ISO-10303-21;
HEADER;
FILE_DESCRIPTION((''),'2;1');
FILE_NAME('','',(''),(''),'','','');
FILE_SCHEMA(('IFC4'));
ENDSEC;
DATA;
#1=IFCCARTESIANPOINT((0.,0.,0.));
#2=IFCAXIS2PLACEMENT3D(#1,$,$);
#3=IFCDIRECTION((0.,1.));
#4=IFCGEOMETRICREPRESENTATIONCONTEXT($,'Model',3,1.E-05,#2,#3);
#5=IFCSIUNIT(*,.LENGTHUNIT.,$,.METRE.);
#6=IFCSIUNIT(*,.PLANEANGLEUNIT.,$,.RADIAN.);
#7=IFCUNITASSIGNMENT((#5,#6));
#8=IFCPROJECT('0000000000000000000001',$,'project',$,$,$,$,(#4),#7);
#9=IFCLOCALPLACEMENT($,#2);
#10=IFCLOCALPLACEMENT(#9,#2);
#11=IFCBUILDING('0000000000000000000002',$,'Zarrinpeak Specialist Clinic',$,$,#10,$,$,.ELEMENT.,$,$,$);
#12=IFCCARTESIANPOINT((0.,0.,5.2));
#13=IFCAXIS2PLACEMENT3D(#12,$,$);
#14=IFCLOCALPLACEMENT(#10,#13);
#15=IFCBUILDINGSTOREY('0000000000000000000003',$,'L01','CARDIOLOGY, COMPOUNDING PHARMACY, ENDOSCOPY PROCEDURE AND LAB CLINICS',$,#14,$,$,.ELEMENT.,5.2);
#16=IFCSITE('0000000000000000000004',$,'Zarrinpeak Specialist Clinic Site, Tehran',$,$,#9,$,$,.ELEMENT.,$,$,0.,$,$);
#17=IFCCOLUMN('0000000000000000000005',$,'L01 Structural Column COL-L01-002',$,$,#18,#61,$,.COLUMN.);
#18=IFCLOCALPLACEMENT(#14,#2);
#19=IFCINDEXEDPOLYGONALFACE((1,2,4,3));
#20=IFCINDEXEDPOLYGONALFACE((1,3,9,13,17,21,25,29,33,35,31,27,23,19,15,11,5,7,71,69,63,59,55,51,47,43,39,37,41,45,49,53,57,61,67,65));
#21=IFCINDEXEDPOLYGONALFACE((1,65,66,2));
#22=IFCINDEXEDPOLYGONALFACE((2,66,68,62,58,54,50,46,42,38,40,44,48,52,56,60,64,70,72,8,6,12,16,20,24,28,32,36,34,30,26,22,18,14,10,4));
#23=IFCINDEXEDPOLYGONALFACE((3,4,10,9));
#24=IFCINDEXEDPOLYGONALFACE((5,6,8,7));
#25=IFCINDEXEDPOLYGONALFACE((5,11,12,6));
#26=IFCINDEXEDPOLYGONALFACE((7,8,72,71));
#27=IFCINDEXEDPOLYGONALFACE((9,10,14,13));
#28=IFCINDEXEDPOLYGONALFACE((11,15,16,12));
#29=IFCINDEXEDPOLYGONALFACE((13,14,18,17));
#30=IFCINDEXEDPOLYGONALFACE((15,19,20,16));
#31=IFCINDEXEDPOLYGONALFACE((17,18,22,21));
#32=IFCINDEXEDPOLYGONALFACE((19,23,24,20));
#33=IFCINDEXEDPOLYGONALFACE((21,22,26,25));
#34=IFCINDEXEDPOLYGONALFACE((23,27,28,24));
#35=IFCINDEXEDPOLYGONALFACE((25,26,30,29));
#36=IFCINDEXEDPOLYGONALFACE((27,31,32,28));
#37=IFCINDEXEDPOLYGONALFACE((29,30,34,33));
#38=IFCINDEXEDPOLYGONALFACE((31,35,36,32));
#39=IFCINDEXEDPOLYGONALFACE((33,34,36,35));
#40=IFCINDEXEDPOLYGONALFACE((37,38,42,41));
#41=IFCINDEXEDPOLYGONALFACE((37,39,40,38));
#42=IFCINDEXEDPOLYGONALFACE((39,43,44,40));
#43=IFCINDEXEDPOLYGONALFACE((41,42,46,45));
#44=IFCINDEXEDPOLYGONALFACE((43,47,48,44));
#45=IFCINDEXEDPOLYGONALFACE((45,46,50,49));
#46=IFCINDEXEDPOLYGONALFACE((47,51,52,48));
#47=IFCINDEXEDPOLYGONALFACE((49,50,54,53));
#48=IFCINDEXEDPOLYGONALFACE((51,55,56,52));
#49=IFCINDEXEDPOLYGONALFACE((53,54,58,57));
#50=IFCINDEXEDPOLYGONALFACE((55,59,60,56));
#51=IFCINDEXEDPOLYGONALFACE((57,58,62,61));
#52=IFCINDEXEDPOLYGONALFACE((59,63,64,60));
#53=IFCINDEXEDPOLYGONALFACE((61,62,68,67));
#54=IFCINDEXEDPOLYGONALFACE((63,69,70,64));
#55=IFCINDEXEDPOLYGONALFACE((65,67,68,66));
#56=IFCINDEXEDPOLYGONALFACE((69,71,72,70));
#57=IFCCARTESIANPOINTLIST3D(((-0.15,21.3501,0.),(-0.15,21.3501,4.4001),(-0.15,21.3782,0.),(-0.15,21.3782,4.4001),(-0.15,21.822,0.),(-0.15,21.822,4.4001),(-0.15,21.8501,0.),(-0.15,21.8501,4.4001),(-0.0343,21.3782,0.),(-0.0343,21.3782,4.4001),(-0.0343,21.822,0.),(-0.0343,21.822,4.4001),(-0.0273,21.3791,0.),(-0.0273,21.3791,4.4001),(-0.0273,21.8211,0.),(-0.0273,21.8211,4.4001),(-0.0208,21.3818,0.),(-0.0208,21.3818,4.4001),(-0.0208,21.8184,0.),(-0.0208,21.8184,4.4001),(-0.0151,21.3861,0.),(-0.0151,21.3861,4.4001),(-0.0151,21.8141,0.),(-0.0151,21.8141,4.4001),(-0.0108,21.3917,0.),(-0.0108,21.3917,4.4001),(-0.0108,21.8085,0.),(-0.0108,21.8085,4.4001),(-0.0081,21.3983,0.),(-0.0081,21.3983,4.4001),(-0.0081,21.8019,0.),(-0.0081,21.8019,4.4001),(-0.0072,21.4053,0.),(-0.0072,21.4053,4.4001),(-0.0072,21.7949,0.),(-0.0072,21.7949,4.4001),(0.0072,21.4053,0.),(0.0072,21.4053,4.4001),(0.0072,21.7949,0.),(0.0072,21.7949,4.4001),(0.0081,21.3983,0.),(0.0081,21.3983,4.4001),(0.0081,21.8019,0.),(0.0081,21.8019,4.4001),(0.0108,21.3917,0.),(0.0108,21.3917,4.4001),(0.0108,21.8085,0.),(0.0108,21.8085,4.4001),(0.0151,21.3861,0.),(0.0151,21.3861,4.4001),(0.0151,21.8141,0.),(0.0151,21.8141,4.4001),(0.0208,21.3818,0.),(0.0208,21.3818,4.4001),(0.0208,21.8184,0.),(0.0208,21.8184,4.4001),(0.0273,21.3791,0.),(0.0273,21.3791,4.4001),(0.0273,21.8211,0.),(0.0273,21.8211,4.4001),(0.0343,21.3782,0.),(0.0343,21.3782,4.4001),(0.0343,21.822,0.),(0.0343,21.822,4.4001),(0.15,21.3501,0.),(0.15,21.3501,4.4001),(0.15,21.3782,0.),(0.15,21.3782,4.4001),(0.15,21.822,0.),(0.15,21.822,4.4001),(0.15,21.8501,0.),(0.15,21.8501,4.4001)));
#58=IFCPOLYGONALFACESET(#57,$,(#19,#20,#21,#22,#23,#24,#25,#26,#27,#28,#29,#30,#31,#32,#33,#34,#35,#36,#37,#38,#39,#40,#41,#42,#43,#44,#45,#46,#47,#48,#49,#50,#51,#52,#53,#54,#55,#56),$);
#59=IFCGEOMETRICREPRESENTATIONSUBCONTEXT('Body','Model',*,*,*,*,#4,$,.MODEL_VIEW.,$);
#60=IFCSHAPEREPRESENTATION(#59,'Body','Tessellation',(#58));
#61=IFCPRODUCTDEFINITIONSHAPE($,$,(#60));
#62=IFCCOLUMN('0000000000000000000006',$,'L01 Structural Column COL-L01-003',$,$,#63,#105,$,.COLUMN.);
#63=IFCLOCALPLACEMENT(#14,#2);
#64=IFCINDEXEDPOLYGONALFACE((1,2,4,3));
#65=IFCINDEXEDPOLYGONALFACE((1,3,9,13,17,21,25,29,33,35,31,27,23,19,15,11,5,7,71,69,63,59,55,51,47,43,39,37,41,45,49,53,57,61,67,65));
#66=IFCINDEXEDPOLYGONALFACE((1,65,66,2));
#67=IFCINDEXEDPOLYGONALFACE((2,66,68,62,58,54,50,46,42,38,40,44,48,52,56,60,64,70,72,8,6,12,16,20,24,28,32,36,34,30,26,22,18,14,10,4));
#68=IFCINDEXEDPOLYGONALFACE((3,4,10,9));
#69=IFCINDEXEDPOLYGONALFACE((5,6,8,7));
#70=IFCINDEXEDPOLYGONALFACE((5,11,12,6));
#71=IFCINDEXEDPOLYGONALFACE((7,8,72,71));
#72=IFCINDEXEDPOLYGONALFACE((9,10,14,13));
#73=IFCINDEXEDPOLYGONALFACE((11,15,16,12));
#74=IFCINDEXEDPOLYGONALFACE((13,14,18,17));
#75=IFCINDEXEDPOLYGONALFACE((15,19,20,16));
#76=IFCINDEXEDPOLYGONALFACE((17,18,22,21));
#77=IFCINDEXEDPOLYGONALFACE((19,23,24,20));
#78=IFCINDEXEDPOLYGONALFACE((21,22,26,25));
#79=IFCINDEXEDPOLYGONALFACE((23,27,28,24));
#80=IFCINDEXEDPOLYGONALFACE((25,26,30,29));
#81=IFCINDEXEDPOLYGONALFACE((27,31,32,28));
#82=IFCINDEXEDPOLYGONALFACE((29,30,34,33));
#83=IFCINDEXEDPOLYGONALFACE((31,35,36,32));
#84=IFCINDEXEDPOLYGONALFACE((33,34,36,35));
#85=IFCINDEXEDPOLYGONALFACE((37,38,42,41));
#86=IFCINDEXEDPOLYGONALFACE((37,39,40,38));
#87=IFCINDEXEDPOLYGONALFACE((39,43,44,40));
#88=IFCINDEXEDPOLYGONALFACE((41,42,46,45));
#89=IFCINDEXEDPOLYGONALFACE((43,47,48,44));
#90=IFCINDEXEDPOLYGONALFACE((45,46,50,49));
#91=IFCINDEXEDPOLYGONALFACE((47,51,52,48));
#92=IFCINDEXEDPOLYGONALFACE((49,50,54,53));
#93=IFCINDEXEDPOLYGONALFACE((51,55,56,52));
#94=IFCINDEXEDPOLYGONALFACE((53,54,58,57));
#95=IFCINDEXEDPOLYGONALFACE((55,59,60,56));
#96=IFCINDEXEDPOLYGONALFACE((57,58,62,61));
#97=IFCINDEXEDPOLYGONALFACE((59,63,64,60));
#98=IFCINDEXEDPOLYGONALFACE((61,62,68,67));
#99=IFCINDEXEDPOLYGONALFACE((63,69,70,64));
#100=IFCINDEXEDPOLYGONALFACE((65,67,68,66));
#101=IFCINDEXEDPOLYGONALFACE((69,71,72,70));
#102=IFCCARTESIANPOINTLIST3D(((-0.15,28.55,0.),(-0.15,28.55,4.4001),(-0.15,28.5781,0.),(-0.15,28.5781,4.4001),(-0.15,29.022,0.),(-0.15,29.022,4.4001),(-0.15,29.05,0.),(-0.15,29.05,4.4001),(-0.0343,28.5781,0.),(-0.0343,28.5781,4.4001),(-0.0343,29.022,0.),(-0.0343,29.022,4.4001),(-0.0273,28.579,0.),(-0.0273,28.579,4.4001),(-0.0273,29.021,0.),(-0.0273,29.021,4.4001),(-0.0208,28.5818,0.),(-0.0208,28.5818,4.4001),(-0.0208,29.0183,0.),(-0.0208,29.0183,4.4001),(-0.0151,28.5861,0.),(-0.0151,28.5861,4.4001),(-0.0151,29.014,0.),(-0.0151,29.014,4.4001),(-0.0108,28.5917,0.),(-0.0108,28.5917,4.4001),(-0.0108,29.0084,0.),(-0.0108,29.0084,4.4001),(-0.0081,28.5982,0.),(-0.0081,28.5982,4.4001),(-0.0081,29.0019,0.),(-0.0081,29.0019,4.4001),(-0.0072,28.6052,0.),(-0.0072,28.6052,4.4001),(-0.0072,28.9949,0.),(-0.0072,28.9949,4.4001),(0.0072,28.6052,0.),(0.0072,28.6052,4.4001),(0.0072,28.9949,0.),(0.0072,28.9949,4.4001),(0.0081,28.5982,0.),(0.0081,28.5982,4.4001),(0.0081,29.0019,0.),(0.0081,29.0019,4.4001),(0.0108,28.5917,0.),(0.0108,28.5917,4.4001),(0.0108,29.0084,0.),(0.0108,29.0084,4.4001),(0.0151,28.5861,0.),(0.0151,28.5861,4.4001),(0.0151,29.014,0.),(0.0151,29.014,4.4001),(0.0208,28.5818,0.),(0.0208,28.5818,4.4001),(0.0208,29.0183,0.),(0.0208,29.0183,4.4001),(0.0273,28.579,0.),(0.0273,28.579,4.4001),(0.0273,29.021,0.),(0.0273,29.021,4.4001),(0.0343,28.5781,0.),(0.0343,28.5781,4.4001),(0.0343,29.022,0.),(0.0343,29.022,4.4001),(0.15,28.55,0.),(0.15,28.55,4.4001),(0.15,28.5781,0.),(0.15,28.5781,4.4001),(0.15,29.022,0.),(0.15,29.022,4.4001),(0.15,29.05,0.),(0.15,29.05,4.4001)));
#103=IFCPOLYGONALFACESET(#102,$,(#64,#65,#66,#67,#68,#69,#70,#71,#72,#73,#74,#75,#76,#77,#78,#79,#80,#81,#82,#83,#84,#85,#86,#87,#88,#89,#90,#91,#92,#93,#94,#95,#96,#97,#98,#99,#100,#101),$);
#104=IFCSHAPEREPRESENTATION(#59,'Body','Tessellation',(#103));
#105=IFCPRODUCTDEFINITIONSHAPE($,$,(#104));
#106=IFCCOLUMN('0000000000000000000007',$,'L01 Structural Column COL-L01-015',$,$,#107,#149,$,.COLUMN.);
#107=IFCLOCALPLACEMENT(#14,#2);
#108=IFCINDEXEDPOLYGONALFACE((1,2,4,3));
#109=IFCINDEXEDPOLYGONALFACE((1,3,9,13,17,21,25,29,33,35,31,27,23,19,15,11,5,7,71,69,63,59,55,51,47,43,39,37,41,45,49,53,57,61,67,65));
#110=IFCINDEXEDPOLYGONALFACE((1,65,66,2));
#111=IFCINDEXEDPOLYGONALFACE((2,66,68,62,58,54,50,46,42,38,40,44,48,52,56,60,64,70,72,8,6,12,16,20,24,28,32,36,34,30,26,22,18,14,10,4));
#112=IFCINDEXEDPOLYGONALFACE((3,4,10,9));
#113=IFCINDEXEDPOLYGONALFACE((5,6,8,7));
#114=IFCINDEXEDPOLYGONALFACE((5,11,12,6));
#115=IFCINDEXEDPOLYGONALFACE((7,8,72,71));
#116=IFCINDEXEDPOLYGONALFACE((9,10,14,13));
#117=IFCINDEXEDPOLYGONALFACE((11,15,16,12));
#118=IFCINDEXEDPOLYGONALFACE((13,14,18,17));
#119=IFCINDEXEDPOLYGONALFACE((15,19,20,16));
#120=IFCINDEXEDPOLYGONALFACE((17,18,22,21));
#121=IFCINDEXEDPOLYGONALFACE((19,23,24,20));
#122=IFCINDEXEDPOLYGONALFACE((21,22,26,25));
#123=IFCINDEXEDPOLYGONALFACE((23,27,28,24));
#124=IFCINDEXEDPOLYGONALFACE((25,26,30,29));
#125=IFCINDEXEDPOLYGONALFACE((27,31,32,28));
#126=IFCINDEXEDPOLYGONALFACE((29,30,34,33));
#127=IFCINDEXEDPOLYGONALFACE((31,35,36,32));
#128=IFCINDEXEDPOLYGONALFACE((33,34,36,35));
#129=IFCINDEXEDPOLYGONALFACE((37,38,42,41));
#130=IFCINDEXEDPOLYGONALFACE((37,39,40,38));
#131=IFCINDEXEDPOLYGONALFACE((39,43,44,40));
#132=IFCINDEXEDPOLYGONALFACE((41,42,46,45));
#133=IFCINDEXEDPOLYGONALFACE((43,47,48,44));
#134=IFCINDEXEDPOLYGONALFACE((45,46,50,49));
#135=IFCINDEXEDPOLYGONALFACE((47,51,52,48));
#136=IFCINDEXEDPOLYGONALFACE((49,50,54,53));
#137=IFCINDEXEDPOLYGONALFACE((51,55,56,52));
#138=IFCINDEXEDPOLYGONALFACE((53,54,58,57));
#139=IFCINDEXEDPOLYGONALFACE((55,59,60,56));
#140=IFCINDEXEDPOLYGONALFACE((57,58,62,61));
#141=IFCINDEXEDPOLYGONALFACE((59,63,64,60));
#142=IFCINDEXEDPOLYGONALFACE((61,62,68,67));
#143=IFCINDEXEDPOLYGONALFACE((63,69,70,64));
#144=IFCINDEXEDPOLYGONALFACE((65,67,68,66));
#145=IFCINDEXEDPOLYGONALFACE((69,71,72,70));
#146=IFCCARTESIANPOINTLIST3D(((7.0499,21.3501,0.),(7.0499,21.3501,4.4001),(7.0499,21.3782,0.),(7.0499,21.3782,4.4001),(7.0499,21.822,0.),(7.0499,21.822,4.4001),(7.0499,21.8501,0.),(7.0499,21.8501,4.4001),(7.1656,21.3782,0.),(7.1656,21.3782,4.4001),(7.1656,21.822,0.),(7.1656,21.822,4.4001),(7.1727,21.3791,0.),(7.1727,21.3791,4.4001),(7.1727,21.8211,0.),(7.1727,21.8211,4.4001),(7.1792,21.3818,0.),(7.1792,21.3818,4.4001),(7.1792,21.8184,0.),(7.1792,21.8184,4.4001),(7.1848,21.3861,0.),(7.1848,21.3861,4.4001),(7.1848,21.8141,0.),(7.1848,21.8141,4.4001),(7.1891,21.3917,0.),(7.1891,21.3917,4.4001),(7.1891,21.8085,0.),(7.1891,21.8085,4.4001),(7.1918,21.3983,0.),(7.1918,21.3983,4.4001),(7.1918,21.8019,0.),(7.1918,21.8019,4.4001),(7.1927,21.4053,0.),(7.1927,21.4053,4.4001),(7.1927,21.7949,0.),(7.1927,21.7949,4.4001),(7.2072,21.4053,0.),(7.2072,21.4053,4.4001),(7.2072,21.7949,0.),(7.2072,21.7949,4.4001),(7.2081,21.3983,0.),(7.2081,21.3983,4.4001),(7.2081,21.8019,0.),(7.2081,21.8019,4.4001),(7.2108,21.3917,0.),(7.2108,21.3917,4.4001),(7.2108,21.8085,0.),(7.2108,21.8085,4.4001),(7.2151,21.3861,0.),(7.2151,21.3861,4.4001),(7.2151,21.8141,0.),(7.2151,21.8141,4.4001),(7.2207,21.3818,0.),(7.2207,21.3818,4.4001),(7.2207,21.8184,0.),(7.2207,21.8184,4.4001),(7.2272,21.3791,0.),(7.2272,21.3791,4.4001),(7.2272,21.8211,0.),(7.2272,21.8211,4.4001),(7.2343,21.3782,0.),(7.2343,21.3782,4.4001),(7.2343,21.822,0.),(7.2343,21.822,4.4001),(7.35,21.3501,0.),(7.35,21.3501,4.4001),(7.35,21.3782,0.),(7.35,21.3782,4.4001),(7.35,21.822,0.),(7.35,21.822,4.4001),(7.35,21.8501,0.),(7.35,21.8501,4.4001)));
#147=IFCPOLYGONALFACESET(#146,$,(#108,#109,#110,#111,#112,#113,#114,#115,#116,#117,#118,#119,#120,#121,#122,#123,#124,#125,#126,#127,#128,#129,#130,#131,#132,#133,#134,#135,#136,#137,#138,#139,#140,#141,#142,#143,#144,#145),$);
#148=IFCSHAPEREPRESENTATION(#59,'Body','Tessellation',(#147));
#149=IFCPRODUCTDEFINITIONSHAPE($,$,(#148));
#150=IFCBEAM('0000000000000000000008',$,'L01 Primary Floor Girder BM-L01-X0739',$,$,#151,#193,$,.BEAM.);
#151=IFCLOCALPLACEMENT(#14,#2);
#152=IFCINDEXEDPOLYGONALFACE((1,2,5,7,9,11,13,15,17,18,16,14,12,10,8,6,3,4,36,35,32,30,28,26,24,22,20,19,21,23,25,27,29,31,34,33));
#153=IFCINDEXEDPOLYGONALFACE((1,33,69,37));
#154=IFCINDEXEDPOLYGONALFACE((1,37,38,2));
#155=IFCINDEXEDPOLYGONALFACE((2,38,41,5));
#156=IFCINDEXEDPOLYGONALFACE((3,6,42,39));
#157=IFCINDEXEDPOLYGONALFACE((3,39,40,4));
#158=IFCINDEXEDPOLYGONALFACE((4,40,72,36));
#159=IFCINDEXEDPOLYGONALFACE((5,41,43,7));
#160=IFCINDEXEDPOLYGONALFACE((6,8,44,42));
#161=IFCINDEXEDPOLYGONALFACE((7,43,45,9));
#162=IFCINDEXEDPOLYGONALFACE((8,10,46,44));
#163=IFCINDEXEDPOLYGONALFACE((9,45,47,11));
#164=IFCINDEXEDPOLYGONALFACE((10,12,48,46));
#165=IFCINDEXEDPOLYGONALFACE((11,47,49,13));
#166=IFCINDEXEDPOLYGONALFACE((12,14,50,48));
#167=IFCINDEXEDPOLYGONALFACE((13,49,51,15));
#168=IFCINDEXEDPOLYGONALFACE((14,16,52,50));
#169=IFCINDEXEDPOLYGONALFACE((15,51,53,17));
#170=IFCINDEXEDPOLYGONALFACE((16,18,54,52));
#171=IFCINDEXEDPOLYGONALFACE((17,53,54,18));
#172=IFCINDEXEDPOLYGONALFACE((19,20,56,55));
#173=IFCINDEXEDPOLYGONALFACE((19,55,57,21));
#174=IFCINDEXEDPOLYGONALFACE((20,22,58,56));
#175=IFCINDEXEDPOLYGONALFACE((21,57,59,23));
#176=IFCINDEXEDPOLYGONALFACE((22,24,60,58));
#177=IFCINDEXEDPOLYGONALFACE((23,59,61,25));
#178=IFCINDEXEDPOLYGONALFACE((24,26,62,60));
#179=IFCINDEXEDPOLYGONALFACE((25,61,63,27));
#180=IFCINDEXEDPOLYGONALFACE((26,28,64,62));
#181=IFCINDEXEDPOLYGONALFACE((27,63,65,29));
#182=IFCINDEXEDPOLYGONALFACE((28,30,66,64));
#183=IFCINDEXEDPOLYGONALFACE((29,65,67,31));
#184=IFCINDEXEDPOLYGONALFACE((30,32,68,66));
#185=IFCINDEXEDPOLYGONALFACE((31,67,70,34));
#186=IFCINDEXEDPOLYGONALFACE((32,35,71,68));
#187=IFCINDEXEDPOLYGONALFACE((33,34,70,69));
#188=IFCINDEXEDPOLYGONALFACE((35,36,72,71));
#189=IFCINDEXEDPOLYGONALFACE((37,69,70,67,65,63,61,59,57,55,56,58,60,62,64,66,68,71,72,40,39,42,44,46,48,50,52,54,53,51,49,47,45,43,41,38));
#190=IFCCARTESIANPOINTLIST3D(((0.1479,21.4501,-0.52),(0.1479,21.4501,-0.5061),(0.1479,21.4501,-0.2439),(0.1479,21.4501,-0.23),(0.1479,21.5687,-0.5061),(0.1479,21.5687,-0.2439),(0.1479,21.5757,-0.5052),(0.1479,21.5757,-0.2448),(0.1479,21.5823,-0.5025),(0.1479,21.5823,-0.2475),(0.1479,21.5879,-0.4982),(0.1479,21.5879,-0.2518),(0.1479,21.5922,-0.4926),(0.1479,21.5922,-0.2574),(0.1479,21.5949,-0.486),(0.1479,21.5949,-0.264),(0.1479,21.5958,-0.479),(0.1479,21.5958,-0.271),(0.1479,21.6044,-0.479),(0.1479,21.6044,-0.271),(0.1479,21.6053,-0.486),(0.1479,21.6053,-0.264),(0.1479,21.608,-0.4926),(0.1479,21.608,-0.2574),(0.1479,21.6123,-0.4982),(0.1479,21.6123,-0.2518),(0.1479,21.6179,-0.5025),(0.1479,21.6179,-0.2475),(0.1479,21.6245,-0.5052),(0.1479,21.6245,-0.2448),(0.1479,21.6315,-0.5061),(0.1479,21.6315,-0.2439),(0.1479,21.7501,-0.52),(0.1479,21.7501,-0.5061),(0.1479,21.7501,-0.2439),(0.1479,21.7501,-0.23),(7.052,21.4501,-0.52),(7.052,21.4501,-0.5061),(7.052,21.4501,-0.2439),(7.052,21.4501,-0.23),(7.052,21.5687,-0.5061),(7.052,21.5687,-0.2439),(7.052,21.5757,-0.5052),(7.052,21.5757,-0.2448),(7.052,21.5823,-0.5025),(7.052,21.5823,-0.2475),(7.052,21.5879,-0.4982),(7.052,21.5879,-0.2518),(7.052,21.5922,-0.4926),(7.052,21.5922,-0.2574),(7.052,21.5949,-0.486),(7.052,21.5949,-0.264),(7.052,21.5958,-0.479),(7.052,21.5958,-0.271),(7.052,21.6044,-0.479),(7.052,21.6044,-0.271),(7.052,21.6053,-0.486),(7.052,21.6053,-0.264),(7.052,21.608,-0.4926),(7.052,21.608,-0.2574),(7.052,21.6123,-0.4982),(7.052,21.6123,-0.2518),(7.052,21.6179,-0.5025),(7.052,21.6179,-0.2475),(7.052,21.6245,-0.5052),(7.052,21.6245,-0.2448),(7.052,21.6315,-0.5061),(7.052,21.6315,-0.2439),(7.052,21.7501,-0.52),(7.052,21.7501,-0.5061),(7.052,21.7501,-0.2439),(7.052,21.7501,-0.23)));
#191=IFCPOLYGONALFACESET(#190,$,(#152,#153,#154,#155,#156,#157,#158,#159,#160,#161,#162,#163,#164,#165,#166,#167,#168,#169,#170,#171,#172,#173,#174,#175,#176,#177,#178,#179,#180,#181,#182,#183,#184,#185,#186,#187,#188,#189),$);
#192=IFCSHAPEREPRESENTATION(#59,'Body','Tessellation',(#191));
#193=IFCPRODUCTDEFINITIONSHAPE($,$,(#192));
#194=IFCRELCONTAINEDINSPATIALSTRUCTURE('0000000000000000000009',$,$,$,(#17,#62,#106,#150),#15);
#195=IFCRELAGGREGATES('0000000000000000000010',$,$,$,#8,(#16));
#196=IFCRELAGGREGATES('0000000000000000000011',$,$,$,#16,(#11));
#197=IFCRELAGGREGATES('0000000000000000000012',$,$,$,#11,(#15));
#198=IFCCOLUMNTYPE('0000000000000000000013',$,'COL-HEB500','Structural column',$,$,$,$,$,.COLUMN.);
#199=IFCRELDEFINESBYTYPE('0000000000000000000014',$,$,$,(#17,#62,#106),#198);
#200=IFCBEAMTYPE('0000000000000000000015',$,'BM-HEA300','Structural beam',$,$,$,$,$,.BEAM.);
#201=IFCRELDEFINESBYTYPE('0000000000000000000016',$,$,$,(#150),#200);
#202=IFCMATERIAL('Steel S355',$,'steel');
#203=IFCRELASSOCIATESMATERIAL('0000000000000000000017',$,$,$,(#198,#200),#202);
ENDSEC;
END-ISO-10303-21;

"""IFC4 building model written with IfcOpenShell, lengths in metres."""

from ifc_helpers import new_model, si_unit, direction, frame, origin, origin_2d, place, context, subcontext, project, spatial, i_section, extrude, material, material_profile, profile_set, type_object, element, save


model = new_model("IFC4")

# Units and contexts
model_context = context("Model", 3, precision=1e-05, world=origin(), true_north=direction((0.0, 1.0)))
body_context = subcontext(model_context, "Body", "Model", "MODEL_VIEW")
ifc_project = project(units=[si_unit("LENGTHUNIT", "METRE"), si_unit("PLANEANGLEUNIT", "RADIAN")], contexts=[model_context])

# Site, building, storey
site_placement = place(None, origin())
site = spatial("IfcSite", under=ifc_project, at=site_placement, Name="Zarrinpeak Specialist Clinic Site, Tehran", CompositionType="ELEMENT", RefElevation=0.0)
building_placement = place(site_placement, origin())
building = spatial("IfcBuilding", under=site, at=building_placement, Name="Zarrinpeak Specialist Clinic", CompositionType="ELEMENT")
storey_placement = place(building_placement, frame((0.0, 0.0, 5.2)))
storey = spatial("IfcBuildingStorey", under=building, at=storey_placement, Name="L01", Description="CARDIOLOGY, COMPOUNDING PHARMACY, ENDOSCOPY PROCEDURE AND LAB CLINICS", CompositionType="ELEMENT", Elevation=5.2)

# Columns
ifc_material_1 = material(Name="Steel S355", Category="steel")
ifc_material_profile_1 = material_profile(ifc_material_1, i_section(OverallWidth=0.3, OverallDepth=0.5, WebThickness=0.0144, FlangeThickness=0.0281, FilletRadius=0.0271, at=origin_2d()), Name="HEB 500")
ifc_profile_set_1 = profile_set([ifc_material_profile_1], Name="Steel S355")
column_type = type_object("IfcColumnType", Name="COL-HEB500", Description="Structural column", PredefinedType="COLUMN", material=ifc_profile_set_1)
for number, where, z_axis, x_axis, name in (
    (1, (0.0, 21.6001, 0.0), (0.0, 0.0, 1.0), (1.0, 0.0, 0.0), "L01 Structural Column COL-L01-002"),
    (2, (0.0, 28.8, 0.0), (0.0, 0.0, 1.0), (1.0, 0.0, 0.0), "L01 Structural Column COL-L01-003"),
    (3, (7.2, 21.6001, 0.0), (0.0, 0.0, 1.0), (1.0, 0.0, 0.0), "L01 Structural Column COL-L01-015"),
):
    element("IfcColumn", number, at=place(storey_placement, frame(where, z_axis=z_axis, x_axis=x_axis)), inside=storey, type_object=column_type, Name=name, PredefinedType="COLUMN", context=body_context, shape_type="SweptSolid", body=[
        extrude(i_section(OverallWidth=0.3, OverallDepth=0.5, WebThickness=0.0144, FlangeThickness=0.0281, FilletRadius=0.0271, at=origin_2d()), origin(), (0.0, 0.0, 1.0), 4.4001),
    ])

# Beam
ifc_material_profile_2 = material_profile(ifc_material_1, i_section(OverallWidth=0.3, OverallDepth=0.29, WebThickness=0.0085, FlangeThickness=0.0139, FilletRadius=0.0271, at=origin_2d()), Name="HEA 300")
ifc_profile_set_2 = profile_set([ifc_material_profile_2], Name="Steel S355")
beam_type_1 = type_object("IfcBeamType", Name="BM-HEA300", Description="Structural beam", PredefinedType="BEAM", material=ifc_profile_set_2)
for number, where, z_axis, x_axis, name in (
    (4, (0.1479, 21.6001, -0.375), (1.0, 0.0, 0.0), (0.0, 1.0, 0.0), "L01 Primary Floor Girder BM-L01-X0739"),
):
    element("IfcBeam", number, at=place(storey_placement, frame(where, z_axis=z_axis, x_axis=x_axis)), inside=storey, type_object=beam_type_1, Name=name, PredefinedType="BEAM", context=body_context, shape_type="SweptSolid", body=[
        extrude(i_section(OverallWidth=0.3, OverallDepth=0.29, WebThickness=0.0085, FlangeThickness=0.0139, FilletRadius=0.0271, at=origin_2d()), origin(), (0.0, 0.0, 1.0), 6.9041),
    ])

save(model, "model.ifc")
